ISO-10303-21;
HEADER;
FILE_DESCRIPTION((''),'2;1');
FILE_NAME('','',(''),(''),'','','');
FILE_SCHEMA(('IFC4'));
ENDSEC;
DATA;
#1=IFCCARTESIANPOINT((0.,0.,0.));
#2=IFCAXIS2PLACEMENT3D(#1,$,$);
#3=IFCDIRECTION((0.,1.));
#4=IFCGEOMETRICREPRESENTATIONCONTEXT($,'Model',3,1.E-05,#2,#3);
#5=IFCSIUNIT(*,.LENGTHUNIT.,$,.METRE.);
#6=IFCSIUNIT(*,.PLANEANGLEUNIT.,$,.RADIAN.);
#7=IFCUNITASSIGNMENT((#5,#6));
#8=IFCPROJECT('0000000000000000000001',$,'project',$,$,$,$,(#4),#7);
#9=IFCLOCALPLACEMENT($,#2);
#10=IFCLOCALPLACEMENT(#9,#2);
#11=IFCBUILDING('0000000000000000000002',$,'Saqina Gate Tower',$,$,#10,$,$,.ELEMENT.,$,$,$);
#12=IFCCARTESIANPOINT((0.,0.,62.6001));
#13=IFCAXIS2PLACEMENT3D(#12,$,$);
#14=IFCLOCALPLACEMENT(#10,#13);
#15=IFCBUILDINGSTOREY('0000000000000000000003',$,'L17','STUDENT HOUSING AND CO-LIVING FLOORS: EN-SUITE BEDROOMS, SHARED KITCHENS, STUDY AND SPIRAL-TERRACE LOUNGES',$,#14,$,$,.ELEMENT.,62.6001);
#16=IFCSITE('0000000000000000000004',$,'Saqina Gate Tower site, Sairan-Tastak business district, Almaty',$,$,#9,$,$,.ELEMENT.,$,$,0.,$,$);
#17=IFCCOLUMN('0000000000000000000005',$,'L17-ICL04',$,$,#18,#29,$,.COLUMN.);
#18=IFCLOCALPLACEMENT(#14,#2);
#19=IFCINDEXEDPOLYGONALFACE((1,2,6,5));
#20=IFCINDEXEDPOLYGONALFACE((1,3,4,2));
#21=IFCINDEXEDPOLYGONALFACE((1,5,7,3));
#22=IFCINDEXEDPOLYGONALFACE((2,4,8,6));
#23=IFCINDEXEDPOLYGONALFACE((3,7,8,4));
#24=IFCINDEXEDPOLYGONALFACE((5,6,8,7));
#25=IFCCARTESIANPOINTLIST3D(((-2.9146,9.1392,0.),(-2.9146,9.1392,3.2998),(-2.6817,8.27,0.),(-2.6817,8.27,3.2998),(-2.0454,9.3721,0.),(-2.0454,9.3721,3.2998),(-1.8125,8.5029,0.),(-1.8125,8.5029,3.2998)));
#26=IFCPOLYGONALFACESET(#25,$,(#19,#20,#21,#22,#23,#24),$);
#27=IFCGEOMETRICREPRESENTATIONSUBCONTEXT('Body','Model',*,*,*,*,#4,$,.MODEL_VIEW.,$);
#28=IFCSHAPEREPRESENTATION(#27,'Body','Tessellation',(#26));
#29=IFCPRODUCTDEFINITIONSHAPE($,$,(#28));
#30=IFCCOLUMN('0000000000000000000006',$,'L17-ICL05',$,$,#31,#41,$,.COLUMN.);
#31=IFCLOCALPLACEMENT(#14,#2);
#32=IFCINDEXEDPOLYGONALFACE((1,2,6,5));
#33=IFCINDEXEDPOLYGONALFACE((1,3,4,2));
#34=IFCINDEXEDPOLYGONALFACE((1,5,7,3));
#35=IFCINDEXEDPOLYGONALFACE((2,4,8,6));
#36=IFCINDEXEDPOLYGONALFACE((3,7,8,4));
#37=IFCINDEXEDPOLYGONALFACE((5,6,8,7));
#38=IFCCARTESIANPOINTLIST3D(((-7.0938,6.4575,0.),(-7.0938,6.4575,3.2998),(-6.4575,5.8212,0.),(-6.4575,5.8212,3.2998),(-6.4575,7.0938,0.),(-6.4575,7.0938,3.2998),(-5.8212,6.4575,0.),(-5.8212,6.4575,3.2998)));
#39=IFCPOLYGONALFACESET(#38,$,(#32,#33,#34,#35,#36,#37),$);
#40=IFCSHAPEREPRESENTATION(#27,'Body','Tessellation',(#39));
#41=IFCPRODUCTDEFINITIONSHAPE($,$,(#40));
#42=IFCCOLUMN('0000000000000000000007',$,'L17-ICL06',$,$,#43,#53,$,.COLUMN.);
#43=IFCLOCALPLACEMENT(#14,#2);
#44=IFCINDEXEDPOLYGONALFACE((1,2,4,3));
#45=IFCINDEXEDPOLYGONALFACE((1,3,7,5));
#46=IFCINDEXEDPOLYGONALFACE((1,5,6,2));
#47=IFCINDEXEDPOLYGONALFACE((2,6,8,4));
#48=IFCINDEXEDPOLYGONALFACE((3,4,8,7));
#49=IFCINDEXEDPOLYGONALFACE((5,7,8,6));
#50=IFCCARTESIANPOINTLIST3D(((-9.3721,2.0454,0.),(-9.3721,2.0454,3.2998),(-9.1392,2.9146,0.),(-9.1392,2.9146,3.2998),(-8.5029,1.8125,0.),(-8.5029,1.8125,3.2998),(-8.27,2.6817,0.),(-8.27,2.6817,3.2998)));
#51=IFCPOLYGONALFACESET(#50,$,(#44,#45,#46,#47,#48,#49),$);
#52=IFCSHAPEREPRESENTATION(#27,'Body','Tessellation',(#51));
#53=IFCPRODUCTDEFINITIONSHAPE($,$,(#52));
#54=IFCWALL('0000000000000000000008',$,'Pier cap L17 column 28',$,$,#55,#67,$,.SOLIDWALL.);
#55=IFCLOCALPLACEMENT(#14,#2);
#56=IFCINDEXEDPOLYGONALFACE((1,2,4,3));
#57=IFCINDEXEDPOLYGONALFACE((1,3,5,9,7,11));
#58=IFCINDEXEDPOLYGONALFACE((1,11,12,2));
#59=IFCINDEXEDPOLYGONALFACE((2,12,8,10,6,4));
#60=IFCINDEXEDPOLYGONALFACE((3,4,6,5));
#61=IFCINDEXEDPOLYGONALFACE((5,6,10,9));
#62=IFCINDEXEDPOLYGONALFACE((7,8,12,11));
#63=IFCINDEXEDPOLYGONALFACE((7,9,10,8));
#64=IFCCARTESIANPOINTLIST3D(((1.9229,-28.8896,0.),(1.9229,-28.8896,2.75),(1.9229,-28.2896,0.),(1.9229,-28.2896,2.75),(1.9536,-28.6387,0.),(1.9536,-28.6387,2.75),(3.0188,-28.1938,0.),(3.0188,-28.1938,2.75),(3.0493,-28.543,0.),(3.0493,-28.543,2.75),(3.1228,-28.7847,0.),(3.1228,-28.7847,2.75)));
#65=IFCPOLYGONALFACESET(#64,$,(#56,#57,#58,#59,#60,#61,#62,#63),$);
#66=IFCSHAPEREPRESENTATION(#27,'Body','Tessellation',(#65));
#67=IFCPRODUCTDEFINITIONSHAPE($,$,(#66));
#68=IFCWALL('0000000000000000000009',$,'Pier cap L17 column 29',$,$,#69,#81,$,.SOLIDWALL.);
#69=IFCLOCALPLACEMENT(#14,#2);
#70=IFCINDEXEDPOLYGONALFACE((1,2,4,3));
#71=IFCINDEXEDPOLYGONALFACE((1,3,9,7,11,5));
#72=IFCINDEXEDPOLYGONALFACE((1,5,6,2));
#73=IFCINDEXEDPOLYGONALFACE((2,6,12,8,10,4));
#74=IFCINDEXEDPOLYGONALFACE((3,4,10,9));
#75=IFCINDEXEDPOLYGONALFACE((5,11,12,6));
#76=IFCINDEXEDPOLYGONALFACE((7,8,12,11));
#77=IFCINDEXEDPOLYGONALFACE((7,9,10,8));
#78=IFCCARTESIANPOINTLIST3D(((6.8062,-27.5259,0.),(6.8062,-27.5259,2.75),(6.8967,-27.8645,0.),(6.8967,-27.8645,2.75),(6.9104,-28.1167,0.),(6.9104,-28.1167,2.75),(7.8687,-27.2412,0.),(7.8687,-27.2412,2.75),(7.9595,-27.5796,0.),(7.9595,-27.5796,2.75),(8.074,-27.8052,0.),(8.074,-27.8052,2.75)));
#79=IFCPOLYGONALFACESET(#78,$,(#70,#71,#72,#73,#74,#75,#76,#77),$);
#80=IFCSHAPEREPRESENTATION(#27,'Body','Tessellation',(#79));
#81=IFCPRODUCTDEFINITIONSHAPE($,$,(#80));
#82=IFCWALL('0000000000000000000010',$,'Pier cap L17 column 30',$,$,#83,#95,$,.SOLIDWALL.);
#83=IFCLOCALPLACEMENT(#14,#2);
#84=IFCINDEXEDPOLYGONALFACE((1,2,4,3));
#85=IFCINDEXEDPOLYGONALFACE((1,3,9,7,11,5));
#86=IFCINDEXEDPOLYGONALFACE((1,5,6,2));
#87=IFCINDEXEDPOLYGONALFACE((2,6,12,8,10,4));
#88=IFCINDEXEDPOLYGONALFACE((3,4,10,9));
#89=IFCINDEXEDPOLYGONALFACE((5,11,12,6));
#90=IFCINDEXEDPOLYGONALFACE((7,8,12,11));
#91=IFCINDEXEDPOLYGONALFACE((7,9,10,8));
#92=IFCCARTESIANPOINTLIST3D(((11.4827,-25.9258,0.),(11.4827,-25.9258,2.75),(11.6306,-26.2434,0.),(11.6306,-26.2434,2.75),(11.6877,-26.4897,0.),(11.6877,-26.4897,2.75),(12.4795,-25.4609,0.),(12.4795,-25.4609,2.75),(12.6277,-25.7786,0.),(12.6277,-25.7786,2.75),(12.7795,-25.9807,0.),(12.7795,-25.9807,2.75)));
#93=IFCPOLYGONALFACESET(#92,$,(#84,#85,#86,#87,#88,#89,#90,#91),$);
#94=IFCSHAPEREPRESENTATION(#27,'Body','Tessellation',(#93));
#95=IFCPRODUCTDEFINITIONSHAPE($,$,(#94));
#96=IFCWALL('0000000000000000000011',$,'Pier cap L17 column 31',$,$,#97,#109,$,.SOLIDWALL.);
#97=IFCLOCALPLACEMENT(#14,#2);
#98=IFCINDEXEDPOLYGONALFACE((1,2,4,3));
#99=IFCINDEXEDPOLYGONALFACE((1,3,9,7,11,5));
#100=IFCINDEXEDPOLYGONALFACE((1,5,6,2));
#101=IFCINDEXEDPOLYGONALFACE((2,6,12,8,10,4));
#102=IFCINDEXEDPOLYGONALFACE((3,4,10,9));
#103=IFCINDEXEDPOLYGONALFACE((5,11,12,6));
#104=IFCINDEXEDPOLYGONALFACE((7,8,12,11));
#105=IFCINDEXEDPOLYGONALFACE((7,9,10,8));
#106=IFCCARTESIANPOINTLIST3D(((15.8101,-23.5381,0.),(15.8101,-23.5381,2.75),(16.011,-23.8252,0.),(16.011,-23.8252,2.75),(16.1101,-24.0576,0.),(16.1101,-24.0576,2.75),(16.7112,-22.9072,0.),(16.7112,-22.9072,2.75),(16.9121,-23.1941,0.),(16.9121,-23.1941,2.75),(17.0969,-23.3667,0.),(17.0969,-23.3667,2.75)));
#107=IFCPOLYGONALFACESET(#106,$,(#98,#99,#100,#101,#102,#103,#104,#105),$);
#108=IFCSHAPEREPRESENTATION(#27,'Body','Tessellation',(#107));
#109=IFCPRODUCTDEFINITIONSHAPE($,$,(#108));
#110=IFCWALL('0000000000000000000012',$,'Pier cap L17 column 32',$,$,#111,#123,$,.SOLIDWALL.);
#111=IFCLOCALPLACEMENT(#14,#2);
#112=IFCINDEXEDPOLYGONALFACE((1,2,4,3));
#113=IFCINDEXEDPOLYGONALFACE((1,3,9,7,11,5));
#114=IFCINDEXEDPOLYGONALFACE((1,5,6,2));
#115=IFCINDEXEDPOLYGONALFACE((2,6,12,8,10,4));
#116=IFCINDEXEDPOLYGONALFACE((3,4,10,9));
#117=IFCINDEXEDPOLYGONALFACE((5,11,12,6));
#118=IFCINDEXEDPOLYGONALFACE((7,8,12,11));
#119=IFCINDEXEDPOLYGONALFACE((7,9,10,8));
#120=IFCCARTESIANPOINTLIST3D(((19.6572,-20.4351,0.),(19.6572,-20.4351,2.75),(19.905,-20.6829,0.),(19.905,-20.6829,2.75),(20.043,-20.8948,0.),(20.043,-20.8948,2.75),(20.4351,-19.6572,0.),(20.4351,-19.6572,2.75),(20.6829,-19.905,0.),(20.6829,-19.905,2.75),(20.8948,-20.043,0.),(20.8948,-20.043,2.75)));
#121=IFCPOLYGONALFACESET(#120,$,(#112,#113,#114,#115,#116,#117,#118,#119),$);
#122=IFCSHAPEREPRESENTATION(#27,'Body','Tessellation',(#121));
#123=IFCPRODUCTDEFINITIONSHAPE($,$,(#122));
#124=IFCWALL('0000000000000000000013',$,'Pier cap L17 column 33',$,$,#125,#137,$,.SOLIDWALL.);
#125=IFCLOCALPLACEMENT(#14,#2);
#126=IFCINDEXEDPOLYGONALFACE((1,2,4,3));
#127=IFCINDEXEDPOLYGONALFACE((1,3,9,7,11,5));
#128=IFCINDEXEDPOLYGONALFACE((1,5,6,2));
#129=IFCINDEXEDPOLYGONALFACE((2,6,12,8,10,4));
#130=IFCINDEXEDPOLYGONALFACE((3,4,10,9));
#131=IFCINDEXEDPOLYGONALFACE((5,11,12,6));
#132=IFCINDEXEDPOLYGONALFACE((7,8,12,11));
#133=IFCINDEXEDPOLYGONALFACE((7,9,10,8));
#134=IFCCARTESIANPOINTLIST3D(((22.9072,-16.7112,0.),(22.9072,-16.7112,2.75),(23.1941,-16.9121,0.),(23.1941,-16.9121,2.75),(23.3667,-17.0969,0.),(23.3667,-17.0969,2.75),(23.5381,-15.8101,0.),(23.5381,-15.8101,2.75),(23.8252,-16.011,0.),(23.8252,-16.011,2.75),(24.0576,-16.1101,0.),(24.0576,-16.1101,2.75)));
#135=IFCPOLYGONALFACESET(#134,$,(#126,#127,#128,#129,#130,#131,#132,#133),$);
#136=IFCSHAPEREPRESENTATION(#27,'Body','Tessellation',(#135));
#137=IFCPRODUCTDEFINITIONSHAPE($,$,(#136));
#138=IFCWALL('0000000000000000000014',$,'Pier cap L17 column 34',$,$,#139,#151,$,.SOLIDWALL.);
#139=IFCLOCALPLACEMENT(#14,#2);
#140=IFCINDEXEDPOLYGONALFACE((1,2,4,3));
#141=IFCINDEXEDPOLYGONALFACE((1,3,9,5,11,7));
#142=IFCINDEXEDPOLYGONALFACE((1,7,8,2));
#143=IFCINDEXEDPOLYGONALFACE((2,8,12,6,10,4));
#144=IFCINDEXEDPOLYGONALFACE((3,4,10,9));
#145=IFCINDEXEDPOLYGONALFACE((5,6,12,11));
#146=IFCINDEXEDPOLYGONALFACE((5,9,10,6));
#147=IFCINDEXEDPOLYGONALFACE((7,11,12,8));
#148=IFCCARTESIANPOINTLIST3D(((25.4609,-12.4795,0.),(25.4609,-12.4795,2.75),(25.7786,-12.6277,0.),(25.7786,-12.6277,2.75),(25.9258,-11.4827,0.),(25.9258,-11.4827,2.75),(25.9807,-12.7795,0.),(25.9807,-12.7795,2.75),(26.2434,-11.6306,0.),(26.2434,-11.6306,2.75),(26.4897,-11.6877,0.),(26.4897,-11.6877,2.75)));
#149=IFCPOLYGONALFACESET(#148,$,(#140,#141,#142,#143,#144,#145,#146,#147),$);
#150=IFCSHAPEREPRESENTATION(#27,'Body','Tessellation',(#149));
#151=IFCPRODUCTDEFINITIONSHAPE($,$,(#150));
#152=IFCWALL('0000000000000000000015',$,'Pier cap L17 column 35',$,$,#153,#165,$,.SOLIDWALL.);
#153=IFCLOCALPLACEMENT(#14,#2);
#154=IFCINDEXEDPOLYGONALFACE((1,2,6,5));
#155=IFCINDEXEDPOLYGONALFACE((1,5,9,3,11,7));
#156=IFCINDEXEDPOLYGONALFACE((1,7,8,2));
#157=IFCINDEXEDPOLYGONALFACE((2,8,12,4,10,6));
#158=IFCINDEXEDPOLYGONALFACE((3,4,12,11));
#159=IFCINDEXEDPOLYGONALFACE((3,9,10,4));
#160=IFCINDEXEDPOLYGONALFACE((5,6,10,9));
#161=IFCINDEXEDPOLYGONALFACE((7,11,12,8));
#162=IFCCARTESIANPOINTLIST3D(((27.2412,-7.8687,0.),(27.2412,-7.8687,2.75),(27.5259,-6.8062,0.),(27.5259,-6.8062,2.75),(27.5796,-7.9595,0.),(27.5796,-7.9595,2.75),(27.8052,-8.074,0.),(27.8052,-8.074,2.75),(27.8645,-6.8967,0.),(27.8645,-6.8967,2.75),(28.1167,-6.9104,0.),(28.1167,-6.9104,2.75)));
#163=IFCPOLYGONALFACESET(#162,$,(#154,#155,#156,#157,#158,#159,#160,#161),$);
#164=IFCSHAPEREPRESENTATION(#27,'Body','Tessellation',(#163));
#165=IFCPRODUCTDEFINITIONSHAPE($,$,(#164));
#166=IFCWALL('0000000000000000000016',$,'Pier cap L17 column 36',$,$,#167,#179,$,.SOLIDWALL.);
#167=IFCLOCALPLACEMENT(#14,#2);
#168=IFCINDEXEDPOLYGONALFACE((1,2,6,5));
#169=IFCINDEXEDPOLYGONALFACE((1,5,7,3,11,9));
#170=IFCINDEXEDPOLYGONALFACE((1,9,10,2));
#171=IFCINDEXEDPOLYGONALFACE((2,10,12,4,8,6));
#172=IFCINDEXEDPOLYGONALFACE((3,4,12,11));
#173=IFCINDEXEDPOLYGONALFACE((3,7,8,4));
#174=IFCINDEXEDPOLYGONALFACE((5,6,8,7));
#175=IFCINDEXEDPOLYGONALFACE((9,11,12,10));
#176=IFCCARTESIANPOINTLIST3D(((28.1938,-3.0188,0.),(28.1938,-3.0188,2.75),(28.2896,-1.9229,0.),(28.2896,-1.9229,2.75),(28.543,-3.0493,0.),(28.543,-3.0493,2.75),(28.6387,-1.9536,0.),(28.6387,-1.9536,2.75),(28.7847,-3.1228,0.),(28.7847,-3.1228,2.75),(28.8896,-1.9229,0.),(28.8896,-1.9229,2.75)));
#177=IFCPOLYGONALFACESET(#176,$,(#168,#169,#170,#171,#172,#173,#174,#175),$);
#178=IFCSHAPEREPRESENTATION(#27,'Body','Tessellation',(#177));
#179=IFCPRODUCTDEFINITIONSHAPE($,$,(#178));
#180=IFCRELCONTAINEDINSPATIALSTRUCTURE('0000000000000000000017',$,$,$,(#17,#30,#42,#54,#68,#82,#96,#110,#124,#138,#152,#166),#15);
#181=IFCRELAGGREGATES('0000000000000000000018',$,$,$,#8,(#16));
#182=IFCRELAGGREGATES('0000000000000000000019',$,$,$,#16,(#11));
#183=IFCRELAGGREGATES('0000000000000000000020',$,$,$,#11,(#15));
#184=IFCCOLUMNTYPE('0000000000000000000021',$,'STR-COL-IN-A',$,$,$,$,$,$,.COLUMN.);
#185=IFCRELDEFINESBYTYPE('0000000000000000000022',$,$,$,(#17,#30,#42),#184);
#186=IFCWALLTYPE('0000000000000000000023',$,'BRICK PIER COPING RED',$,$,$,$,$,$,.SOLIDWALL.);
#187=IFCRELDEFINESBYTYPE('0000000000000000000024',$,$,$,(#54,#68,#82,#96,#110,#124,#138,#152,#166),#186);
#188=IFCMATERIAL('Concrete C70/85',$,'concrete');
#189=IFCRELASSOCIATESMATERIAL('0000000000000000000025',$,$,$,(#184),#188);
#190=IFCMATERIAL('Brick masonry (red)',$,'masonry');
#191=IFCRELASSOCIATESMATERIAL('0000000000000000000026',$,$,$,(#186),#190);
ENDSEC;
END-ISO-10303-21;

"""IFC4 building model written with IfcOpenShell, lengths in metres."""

from ifc_helpers import new_model, si_unit, direction, frame, origin, origin_2d, place, context, subcontext, project, spatial, polyline, rectangle, outline, extrude, material, material_profile, profile_set, type_object, element, save


model = new_model("IFC4")

# Units and contexts
model_context = context("Model", 3, precision=1e-05, world=origin(), true_north=direction((0.0, 1.0)))
body_context = subcontext(model_context, "Body", "Model", "MODEL_VIEW")
ifc_project = project(units=[si_unit("LENGTHUNIT", "METRE"), si_unit("PLANEANGLEUNIT", "RADIAN")], contexts=[model_context])

# Site, building, storey
site_placement = place(None, origin())
site = spatial("IfcSite", under=ifc_project, at=site_placement, Name="Saqina Gate Tower site, Sairan-Tastak business district, Almaty", CompositionType="ELEMENT", RefElevation=0.0)
building_placement = place(site_placement, origin())
building = spatial("IfcBuilding", under=site, at=building_placement, Name="Saqina Gate Tower", CompositionType="ELEMENT")
storey_placement = place(building_placement, frame((0.0, 0.0, 62.6001)))
storey = spatial("IfcBuildingStorey", under=building, at=storey_placement, Name="L17", Description="STUDENT HOUSING AND CO-LIVING FLOORS: EN-SUITE BEDROOMS, SHARED KITCHENS, STUDY AND SPIRAL-TERRACE LOUNGES", CompositionType="ELEMENT", Elevation=62.6001)

# Columns
ifc_material_1 = material(Name="Concrete C70/85", Category="concrete")
ifc_material_profile = material_profile(ifc_material_1, rectangle(XDim=0.8999, YDim=0.8999, at=origin_2d()), Name="RC 900x900")
ifc_profile_set = profile_set([ifc_material_profile], Name="Concrete C70/85")
column_type = type_object("IfcColumnType", Name="STR-COL-IN-A", PredefinedType="COLUMN", material=ifc_profile_set)
for number, where, z_axis, x_axis, name in (
    (1, (-2.3635, 8.821, 0.0), (0.0, 0.0, 1.0), (-0.258819, 0.965926, 0.0), "L17-ICL04"),
    (2, (-6.4575, 6.4575, 0.0), (0.0, 0.0, 1.0), (-0.707107, 0.707107, 0.0), "L17-ICL05"),
    (3, (-8.821, 2.3635, 0.0), (0.0, 0.0, 1.0), (-0.965926, 0.258819, 0.0), "L17-ICL06"),
):
    element("IfcColumn", number, at=place(storey_placement, frame(where, z_axis=z_axis, x_axis=x_axis)), inside=storey, type_object=column_type, Name=name, PredefinedType="COLUMN", context=body_context, shape_type="SweptSolid", body=[
        extrude(rectangle(XDim=0.8999, YDim=0.8999, at=origin_2d()), origin(), (0.0, 0.0, 1.0), 3.2998),
    ])

# Walls
ifc_material_2 = material(Name="Brick masonry (red)", Category="masonry")
wall_type_1 = type_object("IfcWallType", Name="BRICK PIER COPING RED", PredefinedType="SOLIDWALL", material=ifc_material_2)
wall_1_placement = place(storey_placement, origin())
element("IfcWall", 4, at=wall_1_placement, inside=storey, type_object=wall_type_1, Name="Pier cap L17 column 28", PredefinedType="SOLIDWALL", context=body_context, shape_type="SweptSolid", body=[
    extrude(outline(polyline([(1.9229, -28.8896), (3.1228, -28.7847), (3.0188, -28.1938), (3.0493, -28.543), (1.9536, -28.6387), (1.9229, -28.2896), (1.9229, -28.8896)])), origin(), (0.0, 0.0, 1.0), 2.75),
])
wall_2_placement = place(storey_placement, origin())
element("IfcWall", 5, at=wall_2_placement, inside=storey, type_object=wall_type_1, Name="Pier cap L17 column 29", PredefinedType="SOLIDWALL", context=body_context, shape_type="SweptSolid", body=[
    extrude(outline(polyline([(6.9104, -28.1167), (8.074, -27.8052), (7.8687, -27.2412), (7.9595, -27.5796), (6.8967, -27.8645), (6.8062, -27.5259), (6.9104, -28.1167)])), origin(), (0.0, 0.0, 1.0), 2.75),
])
wall_3_placement = place(storey_placement, origin())
element("IfcWall", 6, at=wall_3_placement, inside=storey, type_object=wall_type_1, Name="Pier cap L17 column 30", PredefinedType="SOLIDWALL", context=body_context, shape_type="SweptSolid", body=[
    extrude(outline(polyline([(12.7795, -25.9807), (12.4795, -25.4609), (12.6277, -25.7786), (11.6306, -26.2434), (11.4827, -25.9258), (11.6877, -26.4897), (12.7795, -25.9807)])), origin(), (0.0, 0.0, 1.0), 2.75),
])
wall_4_placement = place(storey_placement, origin())
element("IfcWall", 7, at=wall_4_placement, inside=storey, type_object=wall_type_1, Name="Pier cap L17 column 31", PredefinedType="SOLIDWALL", context=body_context, shape_type="SweptSolid", body=[
    extrude(outline(polyline([(16.1101, -24.0576), (17.0969, -23.3667), (16.7112, -22.9072), (16.9121, -23.1941), (16.011, -23.8252), (15.8101, -23.5381), (16.1101, -24.0576)])), origin(), (0.0, 0.0, 1.0), 2.75),
])
wall_5_placement = place(storey_placement, origin())
element("IfcWall", 8, at=wall_5_placement, inside=storey, type_object=wall_type_1, Name="Pier cap L17 column 32", PredefinedType="SOLIDWALL", context=body_context, shape_type="SweptSolid", body=[
    extrude(outline(polyline([(20.8948, -20.043), (20.4351, -19.6572), (20.6829, -19.905), (19.905, -20.6829), (19.6572, -20.4351), (20.043, -20.8948), (20.8948, -20.043)])), origin(), (0.0, 0.0, 1.0), 2.75),
])
wall_6_placement = place(storey_placement, origin())
element("IfcWall", 9, at=wall_6_placement, inside=storey, type_object=wall_type_1, Name="Pier cap L17 column 33", PredefinedType="SOLIDWALL", context=body_context, shape_type="SweptSolid", body=[
    extrude(outline(polyline([(23.3667, -17.0969), (24.0576, -16.1101), (23.5381, -15.8101), (23.8252, -16.011), (23.1941, -16.9121), (22.9072, -16.7112), (23.3667, -17.0969)])), origin(), (0.0, 0.0, 1.0), 2.75),
])
wall_7_placement = place(storey_placement, origin())
element("IfcWall", 10, at=wall_7_placement, inside=storey, type_object=wall_type_1, Name="Pier cap L17 column 34", PredefinedType="SOLIDWALL", context=body_context, shape_type="SweptSolid", body=[
    extrude(outline(polyline([(26.4897, -11.6877), (25.9258, -11.4827), (26.2434, -11.6306), (25.7786, -12.6277), (25.4609, -12.4795), (25.9807, -12.7795), (26.4897, -11.6877)])), origin(), (0.0, 0.0, 1.0), 2.75),
])
wall_8_placement = place(storey_placement, origin())
element("IfcWall", 11, at=wall_8_placement, inside=storey, type_object=wall_type_1, Name="Pier cap L17 column 35", PredefinedType="SOLIDWALL", context=body_context, shape_type="SweptSolid", body=[
    extrude(outline(polyline([(28.1167, -6.9104), (27.5259, -6.8062), (27.8645, -6.8967), (27.5796, -7.9595), (27.2412, -7.8687), (27.8052, -8.074), (28.1167, -6.9104)])), origin(), (0.0, 0.0, 1.0), 2.75),
])
wall_9_placement = place(storey_placement, origin())
element("IfcWall", 12, at=wall_9_placement, inside=storey, type_object=wall_type_1, Name="Pier cap L17 column 36", PredefinedType="SOLIDWALL", context=body_context, shape_type="SweptSolid", body=[
    extrude(outline(polyline([(28.7847, -3.1228), (28.8896, -1.9229), (28.2896, -1.9229), (28.6387, -1.9536), (28.543, -3.0493), (28.1938, -3.0188), (28.7847, -3.1228)])), origin(), (0.0, 0.0, 1.0), 2.75),
])

save(model, "model.ifc")
